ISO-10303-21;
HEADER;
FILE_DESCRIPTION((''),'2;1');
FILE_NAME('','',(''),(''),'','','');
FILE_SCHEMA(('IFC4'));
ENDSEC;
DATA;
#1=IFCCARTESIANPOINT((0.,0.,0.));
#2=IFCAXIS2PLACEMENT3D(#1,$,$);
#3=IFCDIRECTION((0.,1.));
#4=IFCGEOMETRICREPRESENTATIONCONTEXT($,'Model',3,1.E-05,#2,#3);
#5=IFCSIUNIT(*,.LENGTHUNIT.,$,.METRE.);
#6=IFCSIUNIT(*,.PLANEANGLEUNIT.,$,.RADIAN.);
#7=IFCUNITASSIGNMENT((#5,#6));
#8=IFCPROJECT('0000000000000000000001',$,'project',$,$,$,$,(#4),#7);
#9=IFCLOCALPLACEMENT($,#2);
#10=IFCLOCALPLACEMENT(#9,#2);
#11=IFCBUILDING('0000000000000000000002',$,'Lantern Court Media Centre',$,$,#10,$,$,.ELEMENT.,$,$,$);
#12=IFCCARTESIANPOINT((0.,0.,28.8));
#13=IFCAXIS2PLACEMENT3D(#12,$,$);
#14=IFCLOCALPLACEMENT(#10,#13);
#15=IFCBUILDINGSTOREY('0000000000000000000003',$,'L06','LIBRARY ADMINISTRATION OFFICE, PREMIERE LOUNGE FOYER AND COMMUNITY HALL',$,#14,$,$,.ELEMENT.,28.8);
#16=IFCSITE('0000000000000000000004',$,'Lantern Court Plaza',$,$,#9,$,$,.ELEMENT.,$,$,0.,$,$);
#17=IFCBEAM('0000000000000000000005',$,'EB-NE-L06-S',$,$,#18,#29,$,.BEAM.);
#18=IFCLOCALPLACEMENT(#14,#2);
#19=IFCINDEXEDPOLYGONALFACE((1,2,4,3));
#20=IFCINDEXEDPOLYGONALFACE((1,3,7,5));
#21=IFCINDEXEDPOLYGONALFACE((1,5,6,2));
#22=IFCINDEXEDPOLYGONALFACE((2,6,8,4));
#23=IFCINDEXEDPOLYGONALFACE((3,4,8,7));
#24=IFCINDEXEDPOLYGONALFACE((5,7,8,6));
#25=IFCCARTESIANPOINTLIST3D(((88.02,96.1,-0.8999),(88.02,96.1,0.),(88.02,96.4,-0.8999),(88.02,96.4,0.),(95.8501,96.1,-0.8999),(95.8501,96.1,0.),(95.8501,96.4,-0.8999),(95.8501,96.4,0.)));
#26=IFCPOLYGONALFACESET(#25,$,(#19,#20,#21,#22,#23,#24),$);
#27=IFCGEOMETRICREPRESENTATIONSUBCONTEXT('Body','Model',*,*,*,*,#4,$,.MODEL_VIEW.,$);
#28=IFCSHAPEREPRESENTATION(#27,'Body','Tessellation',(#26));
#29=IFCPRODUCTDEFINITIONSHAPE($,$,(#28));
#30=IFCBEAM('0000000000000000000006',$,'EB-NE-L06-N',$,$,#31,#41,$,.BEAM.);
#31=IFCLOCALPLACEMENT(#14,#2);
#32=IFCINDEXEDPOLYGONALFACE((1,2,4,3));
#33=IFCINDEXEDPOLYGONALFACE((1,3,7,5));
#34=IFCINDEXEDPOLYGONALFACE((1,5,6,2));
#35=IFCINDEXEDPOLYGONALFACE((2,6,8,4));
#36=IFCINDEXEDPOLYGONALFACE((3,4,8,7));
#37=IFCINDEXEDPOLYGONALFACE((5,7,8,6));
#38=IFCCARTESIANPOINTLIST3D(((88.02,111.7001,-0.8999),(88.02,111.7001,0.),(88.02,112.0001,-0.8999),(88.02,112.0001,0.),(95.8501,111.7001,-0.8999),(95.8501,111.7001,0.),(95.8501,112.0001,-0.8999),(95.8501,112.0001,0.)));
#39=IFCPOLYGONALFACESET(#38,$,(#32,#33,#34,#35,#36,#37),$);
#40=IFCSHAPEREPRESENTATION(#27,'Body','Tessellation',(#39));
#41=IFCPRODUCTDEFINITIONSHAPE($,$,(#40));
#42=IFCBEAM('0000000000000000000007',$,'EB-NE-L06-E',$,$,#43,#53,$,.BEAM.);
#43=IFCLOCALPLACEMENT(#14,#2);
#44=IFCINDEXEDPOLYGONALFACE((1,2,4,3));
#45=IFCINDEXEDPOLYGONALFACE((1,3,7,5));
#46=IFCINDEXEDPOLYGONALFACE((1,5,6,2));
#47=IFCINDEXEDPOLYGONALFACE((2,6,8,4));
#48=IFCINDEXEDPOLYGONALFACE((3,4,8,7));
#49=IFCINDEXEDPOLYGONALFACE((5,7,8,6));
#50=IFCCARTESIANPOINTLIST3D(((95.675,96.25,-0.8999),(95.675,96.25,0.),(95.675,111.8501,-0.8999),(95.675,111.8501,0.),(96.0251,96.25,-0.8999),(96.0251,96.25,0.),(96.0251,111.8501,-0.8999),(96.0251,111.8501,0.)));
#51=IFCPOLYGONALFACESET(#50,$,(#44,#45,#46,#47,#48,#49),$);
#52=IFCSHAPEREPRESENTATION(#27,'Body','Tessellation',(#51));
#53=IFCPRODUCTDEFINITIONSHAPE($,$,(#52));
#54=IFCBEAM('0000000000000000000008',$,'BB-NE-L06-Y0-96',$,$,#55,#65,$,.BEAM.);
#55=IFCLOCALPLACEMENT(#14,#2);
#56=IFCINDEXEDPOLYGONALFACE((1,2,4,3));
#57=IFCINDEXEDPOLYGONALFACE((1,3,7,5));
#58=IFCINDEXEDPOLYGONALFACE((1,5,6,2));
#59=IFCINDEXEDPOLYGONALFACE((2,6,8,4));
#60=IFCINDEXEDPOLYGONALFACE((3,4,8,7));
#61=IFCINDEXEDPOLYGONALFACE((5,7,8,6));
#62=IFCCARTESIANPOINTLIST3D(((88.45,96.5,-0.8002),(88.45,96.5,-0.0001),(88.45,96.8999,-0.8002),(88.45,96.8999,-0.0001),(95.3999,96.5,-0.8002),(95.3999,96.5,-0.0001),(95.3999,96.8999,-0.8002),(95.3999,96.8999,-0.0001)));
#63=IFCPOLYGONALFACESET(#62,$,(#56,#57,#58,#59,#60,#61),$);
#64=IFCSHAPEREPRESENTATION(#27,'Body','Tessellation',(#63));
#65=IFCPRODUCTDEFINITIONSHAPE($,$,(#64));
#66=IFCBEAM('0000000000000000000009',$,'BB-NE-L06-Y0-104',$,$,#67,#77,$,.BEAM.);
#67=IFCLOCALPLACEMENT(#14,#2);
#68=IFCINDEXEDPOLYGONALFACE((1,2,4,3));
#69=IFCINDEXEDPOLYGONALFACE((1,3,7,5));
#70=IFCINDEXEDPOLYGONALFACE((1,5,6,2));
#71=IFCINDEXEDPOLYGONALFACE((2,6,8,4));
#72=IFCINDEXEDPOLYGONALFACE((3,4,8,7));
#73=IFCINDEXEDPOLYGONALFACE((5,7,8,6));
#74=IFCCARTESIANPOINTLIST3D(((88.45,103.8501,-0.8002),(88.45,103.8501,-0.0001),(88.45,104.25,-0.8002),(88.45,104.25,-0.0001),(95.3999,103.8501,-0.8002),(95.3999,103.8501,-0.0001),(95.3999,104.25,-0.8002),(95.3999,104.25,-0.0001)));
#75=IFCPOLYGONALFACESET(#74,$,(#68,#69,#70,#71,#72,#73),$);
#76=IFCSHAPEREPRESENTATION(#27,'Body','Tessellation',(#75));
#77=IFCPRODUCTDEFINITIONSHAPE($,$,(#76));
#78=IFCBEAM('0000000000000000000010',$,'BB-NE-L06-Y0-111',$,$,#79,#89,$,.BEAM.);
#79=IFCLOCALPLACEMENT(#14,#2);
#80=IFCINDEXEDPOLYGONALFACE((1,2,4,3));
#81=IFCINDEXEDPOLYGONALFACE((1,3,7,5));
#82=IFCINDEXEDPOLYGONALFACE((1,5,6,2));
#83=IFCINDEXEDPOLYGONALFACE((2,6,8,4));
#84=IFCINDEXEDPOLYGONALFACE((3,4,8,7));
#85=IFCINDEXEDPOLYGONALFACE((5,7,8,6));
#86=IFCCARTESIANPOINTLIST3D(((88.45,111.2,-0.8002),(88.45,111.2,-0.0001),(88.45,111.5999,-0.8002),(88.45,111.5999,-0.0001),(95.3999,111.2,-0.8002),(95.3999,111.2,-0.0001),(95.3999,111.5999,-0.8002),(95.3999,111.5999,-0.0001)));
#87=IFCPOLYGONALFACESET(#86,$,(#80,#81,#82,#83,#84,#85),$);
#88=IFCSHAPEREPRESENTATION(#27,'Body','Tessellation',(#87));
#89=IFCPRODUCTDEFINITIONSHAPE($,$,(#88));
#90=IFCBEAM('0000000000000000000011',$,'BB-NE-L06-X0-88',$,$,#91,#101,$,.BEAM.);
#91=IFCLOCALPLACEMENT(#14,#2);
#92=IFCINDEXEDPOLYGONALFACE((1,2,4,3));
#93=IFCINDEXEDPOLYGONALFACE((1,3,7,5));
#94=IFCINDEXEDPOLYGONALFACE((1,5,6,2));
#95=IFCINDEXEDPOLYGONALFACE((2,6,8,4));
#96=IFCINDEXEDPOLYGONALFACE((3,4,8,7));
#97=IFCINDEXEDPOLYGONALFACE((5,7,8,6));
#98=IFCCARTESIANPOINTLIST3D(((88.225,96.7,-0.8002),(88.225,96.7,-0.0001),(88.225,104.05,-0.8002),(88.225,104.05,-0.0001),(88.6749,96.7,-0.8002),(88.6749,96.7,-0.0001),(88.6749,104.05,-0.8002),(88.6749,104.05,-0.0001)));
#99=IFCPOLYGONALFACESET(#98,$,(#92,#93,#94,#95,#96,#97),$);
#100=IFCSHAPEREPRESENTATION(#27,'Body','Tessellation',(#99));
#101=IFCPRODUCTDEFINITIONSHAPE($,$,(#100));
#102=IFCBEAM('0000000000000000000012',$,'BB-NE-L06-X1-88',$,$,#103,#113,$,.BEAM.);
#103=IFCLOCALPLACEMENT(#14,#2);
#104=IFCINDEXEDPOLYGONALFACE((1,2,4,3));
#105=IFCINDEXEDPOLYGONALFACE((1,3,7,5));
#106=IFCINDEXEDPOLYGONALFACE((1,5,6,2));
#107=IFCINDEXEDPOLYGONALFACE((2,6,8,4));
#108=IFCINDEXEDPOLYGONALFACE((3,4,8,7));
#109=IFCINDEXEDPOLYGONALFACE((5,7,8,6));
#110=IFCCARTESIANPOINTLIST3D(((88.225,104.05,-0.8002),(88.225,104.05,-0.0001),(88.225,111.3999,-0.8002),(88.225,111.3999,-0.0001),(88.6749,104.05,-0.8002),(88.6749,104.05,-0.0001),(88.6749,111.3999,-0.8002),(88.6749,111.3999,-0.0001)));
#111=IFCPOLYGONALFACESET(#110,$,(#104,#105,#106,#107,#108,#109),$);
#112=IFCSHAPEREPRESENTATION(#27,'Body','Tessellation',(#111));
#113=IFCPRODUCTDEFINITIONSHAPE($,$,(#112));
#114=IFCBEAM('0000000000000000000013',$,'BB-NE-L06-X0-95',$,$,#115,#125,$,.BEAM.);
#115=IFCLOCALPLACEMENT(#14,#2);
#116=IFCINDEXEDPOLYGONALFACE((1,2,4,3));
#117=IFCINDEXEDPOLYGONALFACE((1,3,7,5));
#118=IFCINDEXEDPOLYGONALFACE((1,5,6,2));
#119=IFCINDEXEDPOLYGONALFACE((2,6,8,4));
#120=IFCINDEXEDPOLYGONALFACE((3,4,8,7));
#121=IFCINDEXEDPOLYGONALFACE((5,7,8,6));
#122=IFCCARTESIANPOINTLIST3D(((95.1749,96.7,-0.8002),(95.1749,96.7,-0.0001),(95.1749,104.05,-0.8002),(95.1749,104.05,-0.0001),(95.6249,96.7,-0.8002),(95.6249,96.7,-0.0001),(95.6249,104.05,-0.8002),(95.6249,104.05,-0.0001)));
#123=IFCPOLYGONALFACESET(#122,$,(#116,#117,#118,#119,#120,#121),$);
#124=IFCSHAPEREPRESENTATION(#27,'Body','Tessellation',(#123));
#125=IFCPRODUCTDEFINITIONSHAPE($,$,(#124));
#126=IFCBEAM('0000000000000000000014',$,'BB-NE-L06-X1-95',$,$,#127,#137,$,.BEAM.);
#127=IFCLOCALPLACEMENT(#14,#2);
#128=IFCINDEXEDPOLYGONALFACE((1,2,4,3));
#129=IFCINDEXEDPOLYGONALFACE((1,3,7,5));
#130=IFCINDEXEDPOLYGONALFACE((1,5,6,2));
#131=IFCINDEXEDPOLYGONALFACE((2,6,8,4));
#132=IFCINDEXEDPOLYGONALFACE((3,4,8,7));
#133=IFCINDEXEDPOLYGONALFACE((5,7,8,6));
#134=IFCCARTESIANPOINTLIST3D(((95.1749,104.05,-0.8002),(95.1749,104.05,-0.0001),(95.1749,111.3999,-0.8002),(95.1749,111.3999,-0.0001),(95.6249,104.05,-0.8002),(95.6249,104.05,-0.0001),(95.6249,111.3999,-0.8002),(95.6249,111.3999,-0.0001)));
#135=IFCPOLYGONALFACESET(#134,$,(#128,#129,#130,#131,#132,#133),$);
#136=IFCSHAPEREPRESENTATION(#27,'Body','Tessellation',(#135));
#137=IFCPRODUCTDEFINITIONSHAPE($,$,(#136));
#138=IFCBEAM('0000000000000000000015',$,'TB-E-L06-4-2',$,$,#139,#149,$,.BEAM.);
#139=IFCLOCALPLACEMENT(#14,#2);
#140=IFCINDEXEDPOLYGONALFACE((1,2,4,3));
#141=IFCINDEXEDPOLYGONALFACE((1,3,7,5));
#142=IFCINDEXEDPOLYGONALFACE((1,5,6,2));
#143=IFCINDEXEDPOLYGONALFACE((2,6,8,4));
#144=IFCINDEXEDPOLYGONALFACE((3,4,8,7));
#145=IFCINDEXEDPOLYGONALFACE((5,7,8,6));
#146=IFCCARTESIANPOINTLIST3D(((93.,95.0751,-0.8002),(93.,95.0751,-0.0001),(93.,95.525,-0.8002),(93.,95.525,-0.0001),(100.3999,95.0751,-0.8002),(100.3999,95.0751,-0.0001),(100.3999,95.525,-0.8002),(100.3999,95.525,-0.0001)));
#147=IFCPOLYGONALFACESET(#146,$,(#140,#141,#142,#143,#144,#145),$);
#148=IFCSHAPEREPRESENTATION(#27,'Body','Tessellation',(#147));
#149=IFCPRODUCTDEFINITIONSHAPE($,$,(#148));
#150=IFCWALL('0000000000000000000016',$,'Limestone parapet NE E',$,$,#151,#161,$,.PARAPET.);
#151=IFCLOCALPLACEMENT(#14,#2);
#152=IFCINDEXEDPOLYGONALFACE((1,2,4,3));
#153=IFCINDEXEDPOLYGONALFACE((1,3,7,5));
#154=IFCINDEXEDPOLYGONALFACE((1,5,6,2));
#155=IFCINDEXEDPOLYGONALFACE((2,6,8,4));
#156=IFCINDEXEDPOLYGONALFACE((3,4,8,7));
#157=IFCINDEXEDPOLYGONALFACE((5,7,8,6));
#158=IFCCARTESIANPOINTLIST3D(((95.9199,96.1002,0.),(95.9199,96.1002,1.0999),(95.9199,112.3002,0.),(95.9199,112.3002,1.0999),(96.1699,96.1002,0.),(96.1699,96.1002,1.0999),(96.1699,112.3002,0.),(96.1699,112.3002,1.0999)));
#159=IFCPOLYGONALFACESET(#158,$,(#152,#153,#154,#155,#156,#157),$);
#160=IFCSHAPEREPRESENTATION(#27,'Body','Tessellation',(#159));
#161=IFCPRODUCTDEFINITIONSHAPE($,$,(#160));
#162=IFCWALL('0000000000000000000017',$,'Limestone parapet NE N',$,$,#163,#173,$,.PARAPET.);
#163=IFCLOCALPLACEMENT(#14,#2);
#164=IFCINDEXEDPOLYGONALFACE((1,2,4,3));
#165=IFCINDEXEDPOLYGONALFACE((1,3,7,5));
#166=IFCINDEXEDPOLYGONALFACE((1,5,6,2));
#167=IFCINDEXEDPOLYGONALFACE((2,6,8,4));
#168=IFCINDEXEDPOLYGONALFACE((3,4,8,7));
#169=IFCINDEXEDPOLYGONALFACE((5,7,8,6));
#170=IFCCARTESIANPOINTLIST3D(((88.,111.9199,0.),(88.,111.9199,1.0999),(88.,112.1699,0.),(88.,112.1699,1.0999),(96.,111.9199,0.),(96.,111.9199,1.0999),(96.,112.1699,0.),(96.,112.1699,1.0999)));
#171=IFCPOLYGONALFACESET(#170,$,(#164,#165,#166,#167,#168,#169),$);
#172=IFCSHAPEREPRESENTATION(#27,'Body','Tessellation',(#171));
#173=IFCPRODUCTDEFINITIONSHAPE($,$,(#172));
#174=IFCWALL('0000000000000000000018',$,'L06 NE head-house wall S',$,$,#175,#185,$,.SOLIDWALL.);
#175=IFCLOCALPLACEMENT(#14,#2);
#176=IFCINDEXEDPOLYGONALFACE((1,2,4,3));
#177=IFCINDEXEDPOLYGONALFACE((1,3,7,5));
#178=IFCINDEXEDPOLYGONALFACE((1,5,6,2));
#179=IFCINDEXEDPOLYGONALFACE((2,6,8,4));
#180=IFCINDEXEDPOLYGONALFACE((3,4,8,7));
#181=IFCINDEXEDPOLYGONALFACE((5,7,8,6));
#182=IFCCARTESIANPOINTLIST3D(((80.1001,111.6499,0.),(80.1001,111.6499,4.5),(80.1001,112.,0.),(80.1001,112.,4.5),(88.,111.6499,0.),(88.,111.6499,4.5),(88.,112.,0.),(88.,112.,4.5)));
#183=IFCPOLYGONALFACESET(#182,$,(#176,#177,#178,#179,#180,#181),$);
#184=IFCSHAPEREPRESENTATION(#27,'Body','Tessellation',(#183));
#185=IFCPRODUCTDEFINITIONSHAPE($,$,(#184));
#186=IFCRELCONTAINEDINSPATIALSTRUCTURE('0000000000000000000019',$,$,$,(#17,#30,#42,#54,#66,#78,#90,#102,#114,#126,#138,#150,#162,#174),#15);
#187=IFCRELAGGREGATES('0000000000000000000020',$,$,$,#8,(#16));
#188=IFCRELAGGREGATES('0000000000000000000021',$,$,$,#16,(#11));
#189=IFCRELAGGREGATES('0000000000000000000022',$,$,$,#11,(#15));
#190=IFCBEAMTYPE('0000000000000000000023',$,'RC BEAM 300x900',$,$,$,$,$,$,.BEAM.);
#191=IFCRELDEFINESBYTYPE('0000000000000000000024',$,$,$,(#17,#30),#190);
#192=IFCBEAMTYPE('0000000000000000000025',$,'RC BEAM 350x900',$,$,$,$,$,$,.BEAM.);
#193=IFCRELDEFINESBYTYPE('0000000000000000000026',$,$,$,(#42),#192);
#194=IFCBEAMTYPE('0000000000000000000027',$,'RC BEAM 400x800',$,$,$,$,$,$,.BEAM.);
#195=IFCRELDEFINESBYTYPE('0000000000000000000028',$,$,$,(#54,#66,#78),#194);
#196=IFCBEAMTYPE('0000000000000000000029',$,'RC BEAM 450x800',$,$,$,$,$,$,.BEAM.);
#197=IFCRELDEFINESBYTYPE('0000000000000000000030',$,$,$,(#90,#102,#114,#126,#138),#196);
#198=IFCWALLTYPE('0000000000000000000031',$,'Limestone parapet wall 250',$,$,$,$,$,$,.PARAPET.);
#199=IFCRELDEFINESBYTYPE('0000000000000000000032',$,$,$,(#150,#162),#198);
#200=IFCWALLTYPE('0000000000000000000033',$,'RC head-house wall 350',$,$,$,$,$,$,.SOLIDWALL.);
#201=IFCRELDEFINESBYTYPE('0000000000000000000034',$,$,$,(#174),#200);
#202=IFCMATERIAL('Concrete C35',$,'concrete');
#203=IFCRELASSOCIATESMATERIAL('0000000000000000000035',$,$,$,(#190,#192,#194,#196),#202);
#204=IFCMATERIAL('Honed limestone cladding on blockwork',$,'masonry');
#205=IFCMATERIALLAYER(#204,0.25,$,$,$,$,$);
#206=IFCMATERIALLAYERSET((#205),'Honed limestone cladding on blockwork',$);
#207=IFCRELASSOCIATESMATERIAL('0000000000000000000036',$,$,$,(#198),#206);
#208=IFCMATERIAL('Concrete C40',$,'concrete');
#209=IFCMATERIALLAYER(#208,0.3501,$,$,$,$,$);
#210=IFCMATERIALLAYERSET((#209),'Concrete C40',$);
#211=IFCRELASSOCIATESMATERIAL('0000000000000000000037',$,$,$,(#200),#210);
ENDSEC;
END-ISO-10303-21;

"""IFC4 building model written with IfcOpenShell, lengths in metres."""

from ifc_helpers import new_model, si_unit, direction, frame, frame_2d, origin, origin_2d, place, context, subcontext, project, spatial, rectangle, extrude, material, layer, layer_set, material_profile, profile_set, type_object, element, save


model = new_model("IFC4")

# Units and contexts
model_context = context("Model", 3, precision=1e-05, world=origin(), true_north=direction((0.0, 1.0)))
body_context = subcontext(model_context, "Body", "Model", "MODEL_VIEW")
ifc_project = project(units=[si_unit("LENGTHUNIT", "METRE"), si_unit("PLANEANGLEUNIT", "RADIAN")], contexts=[model_context])

# Site, building, storey
site_placement = place(None, origin())
site = spatial("IfcSite", under=ifc_project, at=site_placement, Name="Lantern Court Plaza", CompositionType="ELEMENT", RefElevation=0.0)
building_placement = place(site_placement, origin())
building = spatial("IfcBuilding", under=site, at=building_placement, Name="Lantern Court Media Centre", CompositionType="ELEMENT")
storey_placement = place(building_placement, frame((0.0, 0.0, 28.8)))
storey = spatial("IfcBuildingStorey", under=building, at=storey_placement, Name="L06", Description="LIBRARY ADMINISTRATION OFFICE, PREMIERE LOUNGE FOYER AND COMMUNITY HALL", CompositionType="ELEMENT", Elevation=28.8)

# Beams
ifc_material_1 = material(Name="Concrete C35", Category="concrete")
ifc_material_profile_1 = material_profile(ifc_material_1, rectangle(XDim=0.3, YDim=0.8999, at=origin_2d()), Name="RC 300x900")
ifc_profile_set_1 = profile_set([ifc_material_profile_1], Name="Concrete C35")
beam_type_1 = type_object("IfcBeamType", Name="RC BEAM 300x900", PredefinedType="BEAM", material=ifc_profile_set_1)
for number, where, z_axis, x_axis, name in (
    (1, (88.02, 96.25, -0.45), (1.0, 0.0, 0.0), (0.0, 1.0, 0.0), "EB-NE-L06-S"),
    (2, (88.02, 111.8501, -0.45), (1.0, 0.0, 0.0), (0.0, 1.0, 0.0), "EB-NE-L06-N"),
):
    element("IfcBeam", number, at=place(storey_placement, frame(where, z_axis=z_axis, x_axis=x_axis)), inside=storey, type_object=beam_type_1, Name=name, PredefinedType="BEAM", context=body_context, shape_type="SweptSolid", body=[
        extrude(rectangle(XDim=0.3, YDim=0.8999, at=origin_2d()), origin(), (0.0, 0.0, 1.0), 7.8301),
    ])
ifc_material_profile_2 = material_profile(ifc_material_1, rectangle(XDim=0.3501, YDim=0.8999, at=origin_2d()), Name="RC 350x900")
ifc_profile_set_2 = profile_set([ifc_material_profile_2], Name="Concrete C35")
beam_type_2 = type_object("IfcBeamType", Name="RC BEAM 350x900", PredefinedType="BEAM", material=ifc_profile_set_2)
beam_1_placement = place(storey_placement, frame((95.8501, 96.25, -0.45), z_axis=(0.0, 1.0, 0.0), x_axis=(-1.0, 0.0, 0.0)))
element("IfcBeam", 3, at=beam_1_placement, inside=storey, type_object=beam_type_2, Name="EB-NE-L06-E", PredefinedType="BEAM", context=body_context, shape_type="SweptSolid", body=[
    extrude(rectangle(XDim=0.3501, YDim=0.8999, at=origin_2d()), origin(), (0.0, 0.0, 1.0), 15.6001),
])
ifc_material_profile_3 = material_profile(ifc_material_1, rectangle(XDim=0.3999, YDim=0.8, at=origin_2d()), Name="RC 400x800")
ifc_profile_set_3 = profile_set([ifc_material_profile_3], Name="Concrete C35")
beam_type_3 = type_object("IfcBeamType", Name="RC BEAM 400x800", PredefinedType="BEAM", material=ifc_profile_set_3)
for number, where, z_axis, x_axis, name in (
    (4, (88.45, 96.7, -0.4001), (1.0, 0.0, 0.0), (0.0, 1.0, 0.0), "BB-NE-L06-Y0-96"),
    (5, (88.45, 104.05, -0.4001), (1.0, 0.0, 0.0), (0.0, 1.0, 0.0), "BB-NE-L06-Y0-104"),
    (6, (88.45, 111.3999, -0.4001), (1.0, 0.0, 0.0), (0.0, 1.0, 0.0), "BB-NE-L06-Y0-111"),
):
    element("IfcBeam", number, at=place(storey_placement, frame(where, z_axis=z_axis, x_axis=x_axis)), inside=storey, type_object=beam_type_3, Name=name, PredefinedType="BEAM", context=body_context, shape_type="SweptSolid", body=[
        extrude(rectangle(XDim=0.3999, YDim=0.8, at=origin_2d()), origin(), (0.0, 0.0, 1.0), 6.95),
    ])
ifc_material_profile_4 = material_profile(ifc_material_1, rectangle(XDim=0.45, YDim=0.8, at=origin_2d()), Name="RC 450x800")
ifc_profile_set_4 = profile_set([ifc_material_profile_4], Name="Concrete C35")
beam_type_4 = type_object("IfcBeamType", Name="RC BEAM 450x800", PredefinedType="BEAM", material=ifc_profile_set_4)
beam_2_placement = place(storey_placement, frame((88.45, 96.7, -0.4001), z_axis=(0.0, 1.0, 0.0), x_axis=(-1.0, 0.0, 0.0)))
element("IfcBeam", 7, at=beam_2_placement, inside=storey, type_object=beam_type_4, Name="BB-NE-L06-X0-88", PredefinedType="BEAM", context=body_context, shape_type="SweptSolid", body=[
    extrude(rectangle(XDim=0.45, YDim=0.8, at=origin_2d()), origin(), (0.0, 0.0, 1.0), 7.3501),
])
beam_3_placement = place(storey_placement, frame((88.45, 104.05, -0.4001), z_axis=(0.0, 1.0, 0.0), x_axis=(-1.0, 0.0, 0.0)))
element("IfcBeam", 8, at=beam_3_placement, inside=storey, type_object=beam_type_4, Name="BB-NE-L06-X1-88", PredefinedType="BEAM", context=body_context, shape_type="SweptSolid", body=[
    extrude(rectangle(XDim=0.45, YDim=0.8, at=origin_2d()), origin(), (0.0, 0.0, 1.0), 7.3499),
])
beam_4_placement = place(storey_placement, frame((95.3999, 96.7, -0.4001), z_axis=(0.0, 1.0, 0.0), x_axis=(-1.0, 0.0, 0.0)))
element("IfcBeam", 9, at=beam_4_placement, inside=storey, type_object=beam_type_4, Name="BB-NE-L06-X0-95", PredefinedType="BEAM", context=body_context, shape_type="SweptSolid", body=[
    extrude(rectangle(XDim=0.45, YDim=0.8, at=origin_2d()), origin(), (0.0, 0.0, 1.0), 7.3501),
])
beam_5_placement = place(storey_placement, frame((95.3999, 104.05, -0.4001), z_axis=(0.0, 1.0, 0.0), x_axis=(-1.0, 0.0, 0.0)))
element("IfcBeam", 10, at=beam_5_placement, inside=storey, type_object=beam_type_4, Name="BB-NE-L06-X1-95", PredefinedType="BEAM", context=body_context, shape_type="SweptSolid", body=[
    extrude(rectangle(XDim=0.45, YDim=0.8, at=origin_2d()), origin(), (0.0, 0.0, 1.0), 7.3499),
])
beam_6_placement = place(storey_placement, frame((93.0, 95.3, -0.4001), z_axis=(1.0, 0.0, 0.0), x_axis=(0.0, 1.0, 0.0)))
element("IfcBeam", 11, at=beam_6_placement, inside=storey, type_object=beam_type_4, Name="TB-E-L06-4-2", PredefinedType="BEAM", context=body_context, shape_type="SweptSolid", body=[
    extrude(rectangle(XDim=0.45, YDim=0.8, at=origin_2d()), origin(), (0.0, 0.0, 1.0), 7.3999),
])

# Walls
ifc_material_2 = material(Name="Honed limestone cladding on blockwork", Category="masonry")
ifc_layer_1 = layer(ifc_material_2, 0.25)
ifc_layer_set_1 = layer_set([ifc_layer_1], Name="Honed limestone cladding on blockwork")
wall_type_1 = type_object("IfcWallType", Name="Limestone parapet wall 250", PredefinedType="PARAPET", material=ifc_layer_set_1)
wall_1_placement = place(storey_placement, frame((96.0449, 96.1001, 0.0), z_axis=(0.0, 0.0, 1.0), x_axis=(0.0, 1.0, 0.0)))
element("IfcWall", 12, at=wall_1_placement, inside=storey, type_object=wall_type_1, Name="Limestone parapet NE E", PredefinedType="PARAPET", context=body_context, shape_type="SweptSolid", body=[
    extrude(rectangle(XDim=16.2, YDim=0.25, at=frame_2d((8.1001, 0.0))), origin(), (0.0, 0.0, 1.0), 1.0999),
])
wall_2_placement = place(storey_placement, frame((88.0, 112.0449, 0.0), z_axis=(0.0, 0.0, 1.0), x_axis=(1.0, 0.0, 0.0)))
element("IfcWall", 13, at=wall_2_placement, inside=storey, type_object=wall_type_1, Name="Limestone parapet NE N", PredefinedType="PARAPET", context=body_context, shape_type="SweptSolid", body=[
    extrude(rectangle(XDim=8.0, YDim=0.25, at=frame_2d((4.0, 0.0))), origin(), (0.0, 0.0, 1.0), 1.0999),
])
ifc_material_3 = material(Name="Concrete C40", Category="concrete")
ifc_layer_2 = layer(ifc_material_3, 0.3501)
ifc_layer_set_2 = layer_set([ifc_layer_2], Name="Concrete C40")
wall_type_2 = type_object("IfcWallType", Name="RC head-house wall 350", PredefinedType="SOLIDWALL", material=ifc_layer_set_2)
wall_3_placement = place(storey_placement, frame((88.0, 111.825, 0.0), z_axis=(0.0, 0.0, 1.0), x_axis=(-1.0, 0.0, 0.0)))
element("IfcWall", 14, at=wall_3_placement, inside=storey, type_object=wall_type_2, Name="L06 NE head-house wall S", PredefinedType="SOLIDWALL", context=body_context, shape_type="SweptSolid", body=[
    extrude(rectangle(XDim=7.8999, YDim=0.3501, at=frame_2d((3.95, 0.0))), origin(), (0.0, 0.0, 1.0), 4.5),
])

save(model, "model.ifc")
